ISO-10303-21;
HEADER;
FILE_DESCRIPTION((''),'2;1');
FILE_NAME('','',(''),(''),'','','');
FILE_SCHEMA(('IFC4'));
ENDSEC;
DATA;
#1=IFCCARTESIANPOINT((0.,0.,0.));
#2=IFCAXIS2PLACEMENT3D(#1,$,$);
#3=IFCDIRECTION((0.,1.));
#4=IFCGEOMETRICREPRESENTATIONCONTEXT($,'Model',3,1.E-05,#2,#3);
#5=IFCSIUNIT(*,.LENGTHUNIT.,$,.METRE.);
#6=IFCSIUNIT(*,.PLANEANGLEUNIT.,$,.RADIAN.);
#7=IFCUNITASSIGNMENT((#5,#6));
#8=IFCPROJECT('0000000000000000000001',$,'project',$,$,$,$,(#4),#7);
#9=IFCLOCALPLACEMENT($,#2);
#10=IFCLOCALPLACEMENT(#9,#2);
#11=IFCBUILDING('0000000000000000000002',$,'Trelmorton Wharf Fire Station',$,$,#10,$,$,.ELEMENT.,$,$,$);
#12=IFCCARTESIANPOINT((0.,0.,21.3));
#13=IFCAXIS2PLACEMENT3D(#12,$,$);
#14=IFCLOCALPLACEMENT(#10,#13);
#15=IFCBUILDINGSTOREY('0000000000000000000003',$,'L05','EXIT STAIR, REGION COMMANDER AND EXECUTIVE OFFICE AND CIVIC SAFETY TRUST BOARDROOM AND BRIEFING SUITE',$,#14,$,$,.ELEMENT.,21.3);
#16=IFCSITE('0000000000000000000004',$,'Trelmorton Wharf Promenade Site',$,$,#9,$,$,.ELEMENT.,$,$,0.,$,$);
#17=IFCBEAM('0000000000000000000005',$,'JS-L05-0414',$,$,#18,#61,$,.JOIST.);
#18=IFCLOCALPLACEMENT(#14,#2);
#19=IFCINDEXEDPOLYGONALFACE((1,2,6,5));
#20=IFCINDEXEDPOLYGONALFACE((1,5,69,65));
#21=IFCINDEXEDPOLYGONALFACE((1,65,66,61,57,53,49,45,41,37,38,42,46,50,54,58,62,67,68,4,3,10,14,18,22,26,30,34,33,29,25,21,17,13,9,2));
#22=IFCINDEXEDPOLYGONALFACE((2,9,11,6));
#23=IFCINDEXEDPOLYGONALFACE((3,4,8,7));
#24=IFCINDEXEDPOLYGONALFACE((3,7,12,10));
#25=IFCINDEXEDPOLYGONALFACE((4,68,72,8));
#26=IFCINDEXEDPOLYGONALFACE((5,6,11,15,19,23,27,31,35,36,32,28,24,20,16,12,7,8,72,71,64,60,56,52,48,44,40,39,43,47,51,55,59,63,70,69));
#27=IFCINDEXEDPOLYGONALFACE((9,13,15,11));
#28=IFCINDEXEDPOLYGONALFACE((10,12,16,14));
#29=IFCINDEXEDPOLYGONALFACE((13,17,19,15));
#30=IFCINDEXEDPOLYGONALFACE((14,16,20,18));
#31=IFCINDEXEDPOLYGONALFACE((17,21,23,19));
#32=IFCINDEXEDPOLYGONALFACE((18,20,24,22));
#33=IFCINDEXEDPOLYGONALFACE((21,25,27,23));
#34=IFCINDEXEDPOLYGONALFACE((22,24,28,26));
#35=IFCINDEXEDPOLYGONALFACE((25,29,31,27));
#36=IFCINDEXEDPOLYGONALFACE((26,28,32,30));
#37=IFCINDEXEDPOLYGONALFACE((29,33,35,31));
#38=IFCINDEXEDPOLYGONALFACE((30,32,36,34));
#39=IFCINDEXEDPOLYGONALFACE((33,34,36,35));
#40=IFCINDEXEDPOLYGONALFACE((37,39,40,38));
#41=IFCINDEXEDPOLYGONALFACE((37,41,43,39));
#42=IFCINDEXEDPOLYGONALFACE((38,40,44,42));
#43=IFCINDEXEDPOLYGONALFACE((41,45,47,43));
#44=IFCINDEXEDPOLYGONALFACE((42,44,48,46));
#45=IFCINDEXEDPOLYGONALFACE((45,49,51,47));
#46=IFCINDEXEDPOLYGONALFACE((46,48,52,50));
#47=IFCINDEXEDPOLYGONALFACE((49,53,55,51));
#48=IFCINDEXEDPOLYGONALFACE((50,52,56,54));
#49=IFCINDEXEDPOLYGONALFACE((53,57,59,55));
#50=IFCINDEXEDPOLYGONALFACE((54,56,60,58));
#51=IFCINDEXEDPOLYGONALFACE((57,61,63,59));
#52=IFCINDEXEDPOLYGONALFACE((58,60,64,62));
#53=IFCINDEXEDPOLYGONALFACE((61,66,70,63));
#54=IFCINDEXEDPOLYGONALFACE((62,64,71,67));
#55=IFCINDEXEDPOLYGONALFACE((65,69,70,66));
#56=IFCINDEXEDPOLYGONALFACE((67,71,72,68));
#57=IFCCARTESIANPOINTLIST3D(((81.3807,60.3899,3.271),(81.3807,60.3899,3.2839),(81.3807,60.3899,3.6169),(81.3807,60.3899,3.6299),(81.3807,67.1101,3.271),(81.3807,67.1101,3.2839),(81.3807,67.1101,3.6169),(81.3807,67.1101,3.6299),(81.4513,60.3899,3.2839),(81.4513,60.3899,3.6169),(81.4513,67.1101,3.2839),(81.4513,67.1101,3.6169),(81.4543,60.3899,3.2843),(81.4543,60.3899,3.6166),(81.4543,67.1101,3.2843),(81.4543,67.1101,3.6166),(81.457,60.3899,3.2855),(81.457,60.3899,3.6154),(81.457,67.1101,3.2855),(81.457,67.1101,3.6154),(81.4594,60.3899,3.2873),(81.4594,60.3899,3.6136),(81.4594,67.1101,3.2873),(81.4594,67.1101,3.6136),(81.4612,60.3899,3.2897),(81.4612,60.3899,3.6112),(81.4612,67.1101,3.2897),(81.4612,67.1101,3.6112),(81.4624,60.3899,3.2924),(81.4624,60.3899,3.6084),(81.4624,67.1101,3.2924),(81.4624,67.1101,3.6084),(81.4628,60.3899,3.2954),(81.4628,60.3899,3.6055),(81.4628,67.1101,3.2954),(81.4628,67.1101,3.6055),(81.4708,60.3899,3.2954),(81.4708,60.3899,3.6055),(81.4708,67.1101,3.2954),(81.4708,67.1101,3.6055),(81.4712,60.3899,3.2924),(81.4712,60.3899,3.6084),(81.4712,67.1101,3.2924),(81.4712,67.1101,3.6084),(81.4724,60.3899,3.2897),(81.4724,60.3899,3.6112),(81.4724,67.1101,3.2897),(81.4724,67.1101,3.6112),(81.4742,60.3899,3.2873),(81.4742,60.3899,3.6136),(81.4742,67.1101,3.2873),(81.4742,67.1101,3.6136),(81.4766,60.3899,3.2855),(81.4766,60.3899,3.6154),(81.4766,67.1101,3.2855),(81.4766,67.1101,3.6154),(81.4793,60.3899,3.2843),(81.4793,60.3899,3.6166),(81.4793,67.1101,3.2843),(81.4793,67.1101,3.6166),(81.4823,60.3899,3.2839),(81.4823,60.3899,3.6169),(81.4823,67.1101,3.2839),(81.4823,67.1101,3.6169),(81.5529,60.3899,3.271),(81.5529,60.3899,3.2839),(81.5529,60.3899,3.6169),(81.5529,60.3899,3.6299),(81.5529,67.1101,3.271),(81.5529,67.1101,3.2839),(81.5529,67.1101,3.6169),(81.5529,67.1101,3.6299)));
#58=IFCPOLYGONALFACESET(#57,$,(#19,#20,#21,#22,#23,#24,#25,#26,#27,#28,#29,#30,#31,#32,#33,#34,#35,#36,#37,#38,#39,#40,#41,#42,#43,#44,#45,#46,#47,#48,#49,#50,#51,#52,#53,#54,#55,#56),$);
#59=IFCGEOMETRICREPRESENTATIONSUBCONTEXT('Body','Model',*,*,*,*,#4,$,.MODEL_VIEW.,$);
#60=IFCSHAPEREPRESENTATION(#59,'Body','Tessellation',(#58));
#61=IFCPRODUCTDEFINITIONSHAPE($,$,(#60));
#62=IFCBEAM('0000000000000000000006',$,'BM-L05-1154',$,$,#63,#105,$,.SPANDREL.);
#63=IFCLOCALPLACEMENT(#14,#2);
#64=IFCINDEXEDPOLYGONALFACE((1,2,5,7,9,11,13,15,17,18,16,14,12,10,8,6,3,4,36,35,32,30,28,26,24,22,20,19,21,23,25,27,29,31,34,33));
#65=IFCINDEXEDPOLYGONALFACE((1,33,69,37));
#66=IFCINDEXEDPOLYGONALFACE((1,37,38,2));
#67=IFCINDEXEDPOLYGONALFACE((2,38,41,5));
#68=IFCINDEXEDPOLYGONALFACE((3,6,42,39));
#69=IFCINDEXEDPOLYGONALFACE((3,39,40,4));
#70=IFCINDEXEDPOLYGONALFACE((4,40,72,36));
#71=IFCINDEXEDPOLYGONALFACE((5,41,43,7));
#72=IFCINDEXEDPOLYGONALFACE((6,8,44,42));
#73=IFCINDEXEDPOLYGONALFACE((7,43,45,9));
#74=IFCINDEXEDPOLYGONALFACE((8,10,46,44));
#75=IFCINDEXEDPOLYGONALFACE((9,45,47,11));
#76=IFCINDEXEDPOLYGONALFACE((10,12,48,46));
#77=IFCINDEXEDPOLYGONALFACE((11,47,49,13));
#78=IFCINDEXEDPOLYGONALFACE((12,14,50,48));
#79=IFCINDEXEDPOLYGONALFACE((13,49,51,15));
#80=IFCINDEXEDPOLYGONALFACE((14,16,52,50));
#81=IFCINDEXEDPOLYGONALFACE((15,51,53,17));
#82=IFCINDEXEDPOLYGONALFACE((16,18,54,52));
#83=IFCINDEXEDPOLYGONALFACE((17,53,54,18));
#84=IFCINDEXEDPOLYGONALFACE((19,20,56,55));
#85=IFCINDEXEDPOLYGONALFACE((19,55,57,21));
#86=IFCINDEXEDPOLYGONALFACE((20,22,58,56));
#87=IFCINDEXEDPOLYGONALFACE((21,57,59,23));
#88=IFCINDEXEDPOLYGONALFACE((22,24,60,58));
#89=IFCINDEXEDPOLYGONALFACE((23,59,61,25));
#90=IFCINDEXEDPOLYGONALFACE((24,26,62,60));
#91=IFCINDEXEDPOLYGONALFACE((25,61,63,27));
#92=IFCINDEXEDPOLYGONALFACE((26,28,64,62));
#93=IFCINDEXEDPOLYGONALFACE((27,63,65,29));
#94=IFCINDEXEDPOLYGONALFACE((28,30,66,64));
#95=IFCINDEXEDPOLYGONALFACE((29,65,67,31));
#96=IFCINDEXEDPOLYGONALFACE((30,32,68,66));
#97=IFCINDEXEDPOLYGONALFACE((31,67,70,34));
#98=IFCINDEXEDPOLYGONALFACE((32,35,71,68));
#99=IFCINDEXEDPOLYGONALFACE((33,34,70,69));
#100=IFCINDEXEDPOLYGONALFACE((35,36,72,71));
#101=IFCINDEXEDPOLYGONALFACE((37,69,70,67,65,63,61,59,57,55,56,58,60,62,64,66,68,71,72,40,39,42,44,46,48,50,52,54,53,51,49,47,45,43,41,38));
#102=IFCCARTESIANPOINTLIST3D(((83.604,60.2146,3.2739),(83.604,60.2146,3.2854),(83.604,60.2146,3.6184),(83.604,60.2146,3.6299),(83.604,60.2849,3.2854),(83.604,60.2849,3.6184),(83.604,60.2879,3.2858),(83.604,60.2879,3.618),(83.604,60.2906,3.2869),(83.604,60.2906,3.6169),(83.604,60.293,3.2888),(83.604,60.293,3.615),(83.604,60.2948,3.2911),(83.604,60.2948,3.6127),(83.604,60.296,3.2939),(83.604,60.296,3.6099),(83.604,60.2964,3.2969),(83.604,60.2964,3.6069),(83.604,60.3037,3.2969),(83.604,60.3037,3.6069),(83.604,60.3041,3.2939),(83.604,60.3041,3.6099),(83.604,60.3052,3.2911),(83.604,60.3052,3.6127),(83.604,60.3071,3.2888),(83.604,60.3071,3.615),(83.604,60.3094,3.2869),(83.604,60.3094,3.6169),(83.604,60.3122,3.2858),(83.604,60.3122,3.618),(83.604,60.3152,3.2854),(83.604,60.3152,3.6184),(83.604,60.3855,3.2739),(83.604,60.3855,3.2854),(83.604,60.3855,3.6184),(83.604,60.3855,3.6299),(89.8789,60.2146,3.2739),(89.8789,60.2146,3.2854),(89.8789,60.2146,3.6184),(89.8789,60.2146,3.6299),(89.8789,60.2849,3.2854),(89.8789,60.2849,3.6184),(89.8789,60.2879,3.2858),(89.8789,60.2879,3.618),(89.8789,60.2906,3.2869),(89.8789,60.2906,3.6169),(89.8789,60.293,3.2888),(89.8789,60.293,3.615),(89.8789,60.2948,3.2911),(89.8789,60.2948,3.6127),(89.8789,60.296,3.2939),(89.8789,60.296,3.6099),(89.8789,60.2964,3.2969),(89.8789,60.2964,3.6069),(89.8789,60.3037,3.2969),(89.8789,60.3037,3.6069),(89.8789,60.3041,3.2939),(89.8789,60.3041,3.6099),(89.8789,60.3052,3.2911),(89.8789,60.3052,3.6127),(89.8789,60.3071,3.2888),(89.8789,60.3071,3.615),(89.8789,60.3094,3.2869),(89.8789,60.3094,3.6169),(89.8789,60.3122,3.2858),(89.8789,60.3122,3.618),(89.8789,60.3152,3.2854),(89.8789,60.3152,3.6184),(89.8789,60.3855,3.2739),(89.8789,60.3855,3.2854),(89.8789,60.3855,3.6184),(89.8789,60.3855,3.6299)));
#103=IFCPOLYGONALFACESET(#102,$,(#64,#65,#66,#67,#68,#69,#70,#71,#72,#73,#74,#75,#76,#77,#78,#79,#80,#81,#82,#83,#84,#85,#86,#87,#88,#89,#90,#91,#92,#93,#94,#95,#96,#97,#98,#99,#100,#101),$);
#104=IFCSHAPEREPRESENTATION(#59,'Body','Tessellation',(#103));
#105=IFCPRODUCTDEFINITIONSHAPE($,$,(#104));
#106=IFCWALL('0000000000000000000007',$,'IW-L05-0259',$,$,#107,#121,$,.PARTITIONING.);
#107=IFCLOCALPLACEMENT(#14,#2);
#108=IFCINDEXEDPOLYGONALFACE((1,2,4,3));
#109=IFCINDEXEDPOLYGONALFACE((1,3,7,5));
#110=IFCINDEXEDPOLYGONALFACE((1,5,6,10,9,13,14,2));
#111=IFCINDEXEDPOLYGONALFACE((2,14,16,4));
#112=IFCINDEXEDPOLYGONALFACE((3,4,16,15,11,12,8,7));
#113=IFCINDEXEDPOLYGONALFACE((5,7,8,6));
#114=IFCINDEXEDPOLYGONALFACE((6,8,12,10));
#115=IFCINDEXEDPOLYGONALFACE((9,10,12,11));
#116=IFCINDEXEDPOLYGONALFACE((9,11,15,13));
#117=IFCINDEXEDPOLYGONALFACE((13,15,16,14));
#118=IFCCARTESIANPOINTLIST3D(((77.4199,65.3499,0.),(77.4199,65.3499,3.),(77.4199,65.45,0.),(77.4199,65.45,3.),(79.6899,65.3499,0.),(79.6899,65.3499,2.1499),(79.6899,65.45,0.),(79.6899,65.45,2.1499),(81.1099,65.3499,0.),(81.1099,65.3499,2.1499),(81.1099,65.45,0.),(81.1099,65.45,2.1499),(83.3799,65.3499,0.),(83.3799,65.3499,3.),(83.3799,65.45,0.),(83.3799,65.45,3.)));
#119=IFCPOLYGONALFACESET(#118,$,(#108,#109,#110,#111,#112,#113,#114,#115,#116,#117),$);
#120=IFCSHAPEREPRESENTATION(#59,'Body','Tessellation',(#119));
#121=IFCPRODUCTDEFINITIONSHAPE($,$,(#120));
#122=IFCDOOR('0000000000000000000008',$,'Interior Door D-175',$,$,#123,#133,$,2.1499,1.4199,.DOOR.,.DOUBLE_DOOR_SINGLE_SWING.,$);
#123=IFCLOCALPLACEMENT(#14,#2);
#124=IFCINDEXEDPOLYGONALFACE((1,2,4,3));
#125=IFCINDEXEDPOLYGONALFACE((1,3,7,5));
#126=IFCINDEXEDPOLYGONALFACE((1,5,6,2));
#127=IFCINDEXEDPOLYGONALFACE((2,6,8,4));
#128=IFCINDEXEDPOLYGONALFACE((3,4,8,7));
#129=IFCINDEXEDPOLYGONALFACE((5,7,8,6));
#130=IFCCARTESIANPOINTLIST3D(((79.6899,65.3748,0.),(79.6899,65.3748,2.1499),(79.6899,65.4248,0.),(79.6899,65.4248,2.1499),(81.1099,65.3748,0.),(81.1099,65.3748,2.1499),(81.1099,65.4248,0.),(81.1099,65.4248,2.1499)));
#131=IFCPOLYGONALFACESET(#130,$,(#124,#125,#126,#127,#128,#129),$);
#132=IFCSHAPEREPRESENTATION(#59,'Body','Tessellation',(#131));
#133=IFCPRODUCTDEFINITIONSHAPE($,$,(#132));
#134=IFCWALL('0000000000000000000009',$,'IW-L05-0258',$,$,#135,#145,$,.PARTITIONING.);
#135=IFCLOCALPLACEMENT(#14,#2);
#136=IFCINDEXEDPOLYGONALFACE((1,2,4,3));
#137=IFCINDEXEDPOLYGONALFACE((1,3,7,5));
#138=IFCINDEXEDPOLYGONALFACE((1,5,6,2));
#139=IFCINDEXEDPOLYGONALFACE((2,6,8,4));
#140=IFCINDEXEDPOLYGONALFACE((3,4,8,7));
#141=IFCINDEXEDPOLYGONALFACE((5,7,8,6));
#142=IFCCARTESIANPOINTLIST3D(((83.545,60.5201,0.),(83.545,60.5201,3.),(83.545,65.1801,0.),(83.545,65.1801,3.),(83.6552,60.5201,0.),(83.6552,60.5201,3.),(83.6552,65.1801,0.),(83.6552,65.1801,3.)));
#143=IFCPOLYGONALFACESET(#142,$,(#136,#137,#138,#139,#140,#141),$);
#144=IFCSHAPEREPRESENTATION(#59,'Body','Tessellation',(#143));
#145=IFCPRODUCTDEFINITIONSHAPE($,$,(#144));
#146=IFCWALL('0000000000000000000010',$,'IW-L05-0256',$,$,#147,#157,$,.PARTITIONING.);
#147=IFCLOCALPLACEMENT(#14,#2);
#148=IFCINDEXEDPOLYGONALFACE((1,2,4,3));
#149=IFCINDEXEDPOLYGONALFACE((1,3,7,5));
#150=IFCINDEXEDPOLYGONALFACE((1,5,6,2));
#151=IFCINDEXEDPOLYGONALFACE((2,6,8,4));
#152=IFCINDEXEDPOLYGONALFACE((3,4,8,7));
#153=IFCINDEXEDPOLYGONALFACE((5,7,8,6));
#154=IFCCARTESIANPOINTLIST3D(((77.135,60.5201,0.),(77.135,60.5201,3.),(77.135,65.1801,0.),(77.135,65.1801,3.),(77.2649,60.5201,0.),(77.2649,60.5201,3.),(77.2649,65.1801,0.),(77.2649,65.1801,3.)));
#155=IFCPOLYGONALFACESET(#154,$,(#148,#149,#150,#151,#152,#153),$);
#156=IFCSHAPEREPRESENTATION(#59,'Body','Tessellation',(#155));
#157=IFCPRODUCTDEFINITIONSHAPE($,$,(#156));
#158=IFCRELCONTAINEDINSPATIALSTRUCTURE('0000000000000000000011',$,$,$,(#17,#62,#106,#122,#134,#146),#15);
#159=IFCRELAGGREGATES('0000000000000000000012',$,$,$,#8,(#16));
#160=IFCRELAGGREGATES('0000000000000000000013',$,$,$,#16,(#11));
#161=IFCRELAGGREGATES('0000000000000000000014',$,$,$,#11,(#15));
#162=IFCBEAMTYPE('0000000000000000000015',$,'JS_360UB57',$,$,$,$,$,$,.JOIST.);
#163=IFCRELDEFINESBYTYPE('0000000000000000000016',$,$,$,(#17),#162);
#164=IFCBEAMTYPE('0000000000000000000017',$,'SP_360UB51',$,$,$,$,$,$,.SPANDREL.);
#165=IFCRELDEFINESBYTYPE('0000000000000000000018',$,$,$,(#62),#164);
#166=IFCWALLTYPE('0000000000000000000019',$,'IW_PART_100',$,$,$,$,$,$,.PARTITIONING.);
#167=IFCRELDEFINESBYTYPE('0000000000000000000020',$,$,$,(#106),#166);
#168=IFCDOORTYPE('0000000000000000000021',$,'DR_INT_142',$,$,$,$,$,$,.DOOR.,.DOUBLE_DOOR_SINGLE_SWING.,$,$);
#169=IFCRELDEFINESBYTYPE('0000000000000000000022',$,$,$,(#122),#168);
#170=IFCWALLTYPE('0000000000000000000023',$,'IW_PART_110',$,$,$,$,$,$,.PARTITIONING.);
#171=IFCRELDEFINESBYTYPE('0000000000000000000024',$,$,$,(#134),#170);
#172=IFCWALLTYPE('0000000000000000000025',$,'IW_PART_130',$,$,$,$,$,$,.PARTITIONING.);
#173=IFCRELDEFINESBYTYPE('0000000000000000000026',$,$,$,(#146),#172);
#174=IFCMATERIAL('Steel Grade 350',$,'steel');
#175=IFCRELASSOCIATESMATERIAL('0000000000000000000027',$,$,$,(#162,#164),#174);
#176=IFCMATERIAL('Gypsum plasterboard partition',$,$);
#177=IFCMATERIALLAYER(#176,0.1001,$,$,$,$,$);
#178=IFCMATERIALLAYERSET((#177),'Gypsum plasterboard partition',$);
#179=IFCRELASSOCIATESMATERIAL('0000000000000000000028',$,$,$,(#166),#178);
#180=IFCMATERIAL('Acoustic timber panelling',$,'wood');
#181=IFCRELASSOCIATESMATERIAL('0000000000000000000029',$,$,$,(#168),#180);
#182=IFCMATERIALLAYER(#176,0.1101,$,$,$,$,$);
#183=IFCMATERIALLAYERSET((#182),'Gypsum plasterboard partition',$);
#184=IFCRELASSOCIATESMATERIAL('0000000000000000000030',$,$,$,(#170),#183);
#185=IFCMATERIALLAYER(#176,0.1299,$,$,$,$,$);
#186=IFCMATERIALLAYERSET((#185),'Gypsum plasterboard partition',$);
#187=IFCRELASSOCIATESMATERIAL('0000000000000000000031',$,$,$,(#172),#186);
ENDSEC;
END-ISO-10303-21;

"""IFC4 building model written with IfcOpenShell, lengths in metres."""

from ifc_helpers import new_model, si_unit, direction, frame, frame_2d, origin, origin_2d, place, context, subcontext, project, spatial, rectangle, i_section, extrude, material, layer, layer_set, material_profile, profile_set, type_object, element, fill, save


model = new_model("IFC4")

# Units and contexts
model_context = context("Model", 3, precision=1e-05, world=origin(), true_north=direction((0.0, 1.0)))
body_context = subcontext(model_context, "Body", "Model", "MODEL_VIEW")
ifc_project = project(units=[si_unit("LENGTHUNIT", "METRE"), si_unit("PLANEANGLEUNIT", "RADIAN")], contexts=[model_context])

# Site, building, storey
site_placement = place(None, origin())
site = spatial("IfcSite", under=ifc_project, at=site_placement, Name="Trelmorton Wharf Promenade Site", CompositionType="ELEMENT", RefElevation=0.0)
building_placement = place(site_placement, origin())
building = spatial("IfcBuilding", under=site, at=building_placement, Name="Trelmorton Wharf Fire Station", CompositionType="ELEMENT")
storey_placement = place(building_placement, frame((0.0, 0.0, 21.3)))
storey = spatial("IfcBuildingStorey", under=building, at=storey_placement, Name="L05", Description="EXIT STAIR, REGION COMMANDER AND EXECUTIVE OFFICE AND CIVIC SAFETY TRUST BOARDROOM AND BRIEFING SUITE", CompositionType="ELEMENT", Elevation=21.3)

# Shared definitions
ifc_material_1 = material(Name="Steel Grade 350", Category="steel")

# Beams
ifc_material_profile_1 = material_profile(ifc_material_1, i_section(OverallWidth=0.1721, OverallDepth=0.3589, WebThickness=0.0081, FlangeThickness=0.0129, FilletRadius=0.0115, at=origin_2d()), Name="360UB56.7")
ifc_profile_set_1 = profile_set([ifc_material_profile_1], Name="Steel Grade 350")
beam_type_1 = type_object("IfcBeamType", Name="JS_360UB57", PredefinedType="JOIST", material=ifc_profile_set_1)
for number, where, z_axis, x_axis, name in (
    (1, (81.4668, 60.3899, 3.4504), (0.0, 1.0, 0.0), (-1.0, 0.0, 0.0), "JS-L05-0414"),
):
    element("IfcBeam", number, at=place(storey_placement, frame(where, z_axis=z_axis, x_axis=x_axis)), inside=storey, type_object=beam_type_1, Name=name, PredefinedType="JOIST", context=body_context, shape_type="SweptSolid", body=[
        extrude(i_section(OverallWidth=0.1721, OverallDepth=0.3589, WebThickness=0.0081, FlangeThickness=0.0129, FilletRadius=0.0115, at=origin_2d()), origin(), (0.0, 0.0, 1.0), 6.7202),
    ])
ifc_material_profile_2 = material_profile(ifc_material_1, i_section(OverallWidth=0.1709, OverallDepth=0.356, WebThickness=0.0073, FlangeThickness=0.0115, FilletRadius=0.0115, at=origin_2d()), Name="360UB50.7")
ifc_profile_set_2 = profile_set([ifc_material_profile_2], Name="Steel Grade 350")
beam_type_2 = type_object("IfcBeamType", Name="SP_360UB51", PredefinedType="SPANDREL", material=ifc_profile_set_2)
beam_placement = place(storey_placement, frame((83.604, 60.3, 3.4519), z_axis=(1.0, 0.0, 0.0), x_axis=(0.0, 1.0, 0.0)))
element("IfcBeam", 2, at=beam_placement, inside=storey, type_object=beam_type_2, Name="BM-L05-1154", PredefinedType="SPANDREL", context=body_context, shape_type="SweptSolid", body=[
    extrude(i_section(OverallWidth=0.1709, OverallDepth=0.356, WebThickness=0.0073, FlangeThickness=0.0115, FilletRadius=0.0115, at=origin_2d()), origin(), (0.0, 0.0, 1.0), 6.2749),
])

# Wall, opening, door
ifc_material_2 = material(Name="Gypsum plasterboard partition")
ifc_layer_1 = layer(ifc_material_2, 0.1001)
ifc_layer_set_1 = layer_set([ifc_layer_1], Name="Gypsum plasterboard partition")
wall_type_1 = type_object("IfcWallType", Name="IW_PART_100", PredefinedType="PARTITIONING", material=ifc_layer_set_1)
wall_1_placement = place(storey_placement, frame((77.4199, 65.3999, 0.0), z_axis=(0.0, 0.0, 1.0), x_axis=(1.0, 0.0, 0.0)))
wall_1 = element("IfcWall", 3, at=wall_1_placement, inside=storey, type_object=wall_type_1, Name="IW-L05-0259", PredefinedType="PARTITIONING", context=body_context, shape_type="SweptSolid", body=[
    extrude(rectangle(XDim=5.96, YDim=0.1001, at=frame_2d((2.98, 0.0))), origin(), (0.0, 0.0, 1.0), 3.0),
])
opening_placement = place(wall_1_placement, frame((2.27, 0.0, 0.0)))
opening = element("IfcOpeningElement", 4, at=opening_placement, cuts=wall_1, PredefinedType="OPENING", context=body_context, shape_type="SweptSolid", body=[
    extrude(rectangle(XDim=1.4199, YDim=2.1499, at=frame_2d((0.71, 1.075))), frame((0.0, 0.0601, 0.0), z_axis=(0.0, -1.0, 0.0), x_axis=(1.0, 0.0, 0.0)), (0.0, 0.0, 1.0), 0.1201),
])
ifc_material_3 = material(Name="Acoustic timber panelling", Category="wood")
door_type = type_object("IfcDoorType", Name="DR_INT_142", OperationType="DOUBLE_DOOR_SINGLE_SWING", PredefinedType="DOOR", material=ifc_material_3)
door_placement = place(opening_placement, origin())
door = element("IfcDoor", 5, at=door_placement, inside=storey, type_object=door_type, Name="Interior Door D-175", OperationType="DOUBLE_DOOR_SINGLE_SWING", OverallHeight=2.1499, OverallWidth=1.4199, PredefinedType="DOOR", context=body_context, shape_type="SweptSolid", body=[
    extrude(rectangle(XDim=1.4199, YDim=2.1499, at=frame_2d((0.71, 1.075))), frame((0.0, 0.0249, 0.0), z_axis=(0.0, -1.0, 0.0), x_axis=(1.0, 0.0, 0.0)), (0.0, 0.0, 1.0), 0.05),
])
fill(opening, door)

# Walls
ifc_layer_2 = layer(ifc_material_2, 0.1101)
ifc_layer_set_2 = layer_set([ifc_layer_2], Name="Gypsum plasterboard partition")
wall_type_2 = type_object("IfcWallType", Name="IW_PART_110", PredefinedType="PARTITIONING", material=ifc_layer_set_2)
wall_2_placement = place(storey_placement, frame((83.6001, 60.52, 0.0), z_axis=(0.0, 0.0, 1.0), x_axis=(0.0, 1.0, 0.0)))
element("IfcWall", 6, at=wall_2_placement, inside=storey, type_object=wall_type_2, Name="IW-L05-0258", PredefinedType="PARTITIONING", context=body_context, shape_type="SweptSolid", body=[
    extrude(rectangle(XDim=4.6599, YDim=0.1101, at=frame_2d((2.3301, 0.0))), origin(), (0.0, 0.0, 1.0), 3.0),
])
ifc_layer_3 = layer(ifc_material_2, 0.1299)
ifc_layer_set_3 = layer_set([ifc_layer_3], Name="Gypsum plasterboard partition")
wall_type_3 = type_object("IfcWallType", Name="IW_PART_130", PredefinedType="PARTITIONING", material=ifc_layer_set_3)
wall_3_placement = place(storey_placement, frame((77.2, 60.52, 0.0), z_axis=(0.0, 0.0, 1.0), x_axis=(0.0, 1.0, 0.0)))
element("IfcWall", 7, at=wall_3_placement, inside=storey, type_object=wall_type_3, Name="IW-L05-0256", PredefinedType="PARTITIONING", context=body_context, shape_type="SweptSolid", body=[
    extrude(rectangle(XDim=4.6599, YDim=0.1299, at=frame_2d((2.3301, 0.0))), origin(), (0.0, 0.0, 1.0), 3.0),
])

save(model, "model.ifc")
